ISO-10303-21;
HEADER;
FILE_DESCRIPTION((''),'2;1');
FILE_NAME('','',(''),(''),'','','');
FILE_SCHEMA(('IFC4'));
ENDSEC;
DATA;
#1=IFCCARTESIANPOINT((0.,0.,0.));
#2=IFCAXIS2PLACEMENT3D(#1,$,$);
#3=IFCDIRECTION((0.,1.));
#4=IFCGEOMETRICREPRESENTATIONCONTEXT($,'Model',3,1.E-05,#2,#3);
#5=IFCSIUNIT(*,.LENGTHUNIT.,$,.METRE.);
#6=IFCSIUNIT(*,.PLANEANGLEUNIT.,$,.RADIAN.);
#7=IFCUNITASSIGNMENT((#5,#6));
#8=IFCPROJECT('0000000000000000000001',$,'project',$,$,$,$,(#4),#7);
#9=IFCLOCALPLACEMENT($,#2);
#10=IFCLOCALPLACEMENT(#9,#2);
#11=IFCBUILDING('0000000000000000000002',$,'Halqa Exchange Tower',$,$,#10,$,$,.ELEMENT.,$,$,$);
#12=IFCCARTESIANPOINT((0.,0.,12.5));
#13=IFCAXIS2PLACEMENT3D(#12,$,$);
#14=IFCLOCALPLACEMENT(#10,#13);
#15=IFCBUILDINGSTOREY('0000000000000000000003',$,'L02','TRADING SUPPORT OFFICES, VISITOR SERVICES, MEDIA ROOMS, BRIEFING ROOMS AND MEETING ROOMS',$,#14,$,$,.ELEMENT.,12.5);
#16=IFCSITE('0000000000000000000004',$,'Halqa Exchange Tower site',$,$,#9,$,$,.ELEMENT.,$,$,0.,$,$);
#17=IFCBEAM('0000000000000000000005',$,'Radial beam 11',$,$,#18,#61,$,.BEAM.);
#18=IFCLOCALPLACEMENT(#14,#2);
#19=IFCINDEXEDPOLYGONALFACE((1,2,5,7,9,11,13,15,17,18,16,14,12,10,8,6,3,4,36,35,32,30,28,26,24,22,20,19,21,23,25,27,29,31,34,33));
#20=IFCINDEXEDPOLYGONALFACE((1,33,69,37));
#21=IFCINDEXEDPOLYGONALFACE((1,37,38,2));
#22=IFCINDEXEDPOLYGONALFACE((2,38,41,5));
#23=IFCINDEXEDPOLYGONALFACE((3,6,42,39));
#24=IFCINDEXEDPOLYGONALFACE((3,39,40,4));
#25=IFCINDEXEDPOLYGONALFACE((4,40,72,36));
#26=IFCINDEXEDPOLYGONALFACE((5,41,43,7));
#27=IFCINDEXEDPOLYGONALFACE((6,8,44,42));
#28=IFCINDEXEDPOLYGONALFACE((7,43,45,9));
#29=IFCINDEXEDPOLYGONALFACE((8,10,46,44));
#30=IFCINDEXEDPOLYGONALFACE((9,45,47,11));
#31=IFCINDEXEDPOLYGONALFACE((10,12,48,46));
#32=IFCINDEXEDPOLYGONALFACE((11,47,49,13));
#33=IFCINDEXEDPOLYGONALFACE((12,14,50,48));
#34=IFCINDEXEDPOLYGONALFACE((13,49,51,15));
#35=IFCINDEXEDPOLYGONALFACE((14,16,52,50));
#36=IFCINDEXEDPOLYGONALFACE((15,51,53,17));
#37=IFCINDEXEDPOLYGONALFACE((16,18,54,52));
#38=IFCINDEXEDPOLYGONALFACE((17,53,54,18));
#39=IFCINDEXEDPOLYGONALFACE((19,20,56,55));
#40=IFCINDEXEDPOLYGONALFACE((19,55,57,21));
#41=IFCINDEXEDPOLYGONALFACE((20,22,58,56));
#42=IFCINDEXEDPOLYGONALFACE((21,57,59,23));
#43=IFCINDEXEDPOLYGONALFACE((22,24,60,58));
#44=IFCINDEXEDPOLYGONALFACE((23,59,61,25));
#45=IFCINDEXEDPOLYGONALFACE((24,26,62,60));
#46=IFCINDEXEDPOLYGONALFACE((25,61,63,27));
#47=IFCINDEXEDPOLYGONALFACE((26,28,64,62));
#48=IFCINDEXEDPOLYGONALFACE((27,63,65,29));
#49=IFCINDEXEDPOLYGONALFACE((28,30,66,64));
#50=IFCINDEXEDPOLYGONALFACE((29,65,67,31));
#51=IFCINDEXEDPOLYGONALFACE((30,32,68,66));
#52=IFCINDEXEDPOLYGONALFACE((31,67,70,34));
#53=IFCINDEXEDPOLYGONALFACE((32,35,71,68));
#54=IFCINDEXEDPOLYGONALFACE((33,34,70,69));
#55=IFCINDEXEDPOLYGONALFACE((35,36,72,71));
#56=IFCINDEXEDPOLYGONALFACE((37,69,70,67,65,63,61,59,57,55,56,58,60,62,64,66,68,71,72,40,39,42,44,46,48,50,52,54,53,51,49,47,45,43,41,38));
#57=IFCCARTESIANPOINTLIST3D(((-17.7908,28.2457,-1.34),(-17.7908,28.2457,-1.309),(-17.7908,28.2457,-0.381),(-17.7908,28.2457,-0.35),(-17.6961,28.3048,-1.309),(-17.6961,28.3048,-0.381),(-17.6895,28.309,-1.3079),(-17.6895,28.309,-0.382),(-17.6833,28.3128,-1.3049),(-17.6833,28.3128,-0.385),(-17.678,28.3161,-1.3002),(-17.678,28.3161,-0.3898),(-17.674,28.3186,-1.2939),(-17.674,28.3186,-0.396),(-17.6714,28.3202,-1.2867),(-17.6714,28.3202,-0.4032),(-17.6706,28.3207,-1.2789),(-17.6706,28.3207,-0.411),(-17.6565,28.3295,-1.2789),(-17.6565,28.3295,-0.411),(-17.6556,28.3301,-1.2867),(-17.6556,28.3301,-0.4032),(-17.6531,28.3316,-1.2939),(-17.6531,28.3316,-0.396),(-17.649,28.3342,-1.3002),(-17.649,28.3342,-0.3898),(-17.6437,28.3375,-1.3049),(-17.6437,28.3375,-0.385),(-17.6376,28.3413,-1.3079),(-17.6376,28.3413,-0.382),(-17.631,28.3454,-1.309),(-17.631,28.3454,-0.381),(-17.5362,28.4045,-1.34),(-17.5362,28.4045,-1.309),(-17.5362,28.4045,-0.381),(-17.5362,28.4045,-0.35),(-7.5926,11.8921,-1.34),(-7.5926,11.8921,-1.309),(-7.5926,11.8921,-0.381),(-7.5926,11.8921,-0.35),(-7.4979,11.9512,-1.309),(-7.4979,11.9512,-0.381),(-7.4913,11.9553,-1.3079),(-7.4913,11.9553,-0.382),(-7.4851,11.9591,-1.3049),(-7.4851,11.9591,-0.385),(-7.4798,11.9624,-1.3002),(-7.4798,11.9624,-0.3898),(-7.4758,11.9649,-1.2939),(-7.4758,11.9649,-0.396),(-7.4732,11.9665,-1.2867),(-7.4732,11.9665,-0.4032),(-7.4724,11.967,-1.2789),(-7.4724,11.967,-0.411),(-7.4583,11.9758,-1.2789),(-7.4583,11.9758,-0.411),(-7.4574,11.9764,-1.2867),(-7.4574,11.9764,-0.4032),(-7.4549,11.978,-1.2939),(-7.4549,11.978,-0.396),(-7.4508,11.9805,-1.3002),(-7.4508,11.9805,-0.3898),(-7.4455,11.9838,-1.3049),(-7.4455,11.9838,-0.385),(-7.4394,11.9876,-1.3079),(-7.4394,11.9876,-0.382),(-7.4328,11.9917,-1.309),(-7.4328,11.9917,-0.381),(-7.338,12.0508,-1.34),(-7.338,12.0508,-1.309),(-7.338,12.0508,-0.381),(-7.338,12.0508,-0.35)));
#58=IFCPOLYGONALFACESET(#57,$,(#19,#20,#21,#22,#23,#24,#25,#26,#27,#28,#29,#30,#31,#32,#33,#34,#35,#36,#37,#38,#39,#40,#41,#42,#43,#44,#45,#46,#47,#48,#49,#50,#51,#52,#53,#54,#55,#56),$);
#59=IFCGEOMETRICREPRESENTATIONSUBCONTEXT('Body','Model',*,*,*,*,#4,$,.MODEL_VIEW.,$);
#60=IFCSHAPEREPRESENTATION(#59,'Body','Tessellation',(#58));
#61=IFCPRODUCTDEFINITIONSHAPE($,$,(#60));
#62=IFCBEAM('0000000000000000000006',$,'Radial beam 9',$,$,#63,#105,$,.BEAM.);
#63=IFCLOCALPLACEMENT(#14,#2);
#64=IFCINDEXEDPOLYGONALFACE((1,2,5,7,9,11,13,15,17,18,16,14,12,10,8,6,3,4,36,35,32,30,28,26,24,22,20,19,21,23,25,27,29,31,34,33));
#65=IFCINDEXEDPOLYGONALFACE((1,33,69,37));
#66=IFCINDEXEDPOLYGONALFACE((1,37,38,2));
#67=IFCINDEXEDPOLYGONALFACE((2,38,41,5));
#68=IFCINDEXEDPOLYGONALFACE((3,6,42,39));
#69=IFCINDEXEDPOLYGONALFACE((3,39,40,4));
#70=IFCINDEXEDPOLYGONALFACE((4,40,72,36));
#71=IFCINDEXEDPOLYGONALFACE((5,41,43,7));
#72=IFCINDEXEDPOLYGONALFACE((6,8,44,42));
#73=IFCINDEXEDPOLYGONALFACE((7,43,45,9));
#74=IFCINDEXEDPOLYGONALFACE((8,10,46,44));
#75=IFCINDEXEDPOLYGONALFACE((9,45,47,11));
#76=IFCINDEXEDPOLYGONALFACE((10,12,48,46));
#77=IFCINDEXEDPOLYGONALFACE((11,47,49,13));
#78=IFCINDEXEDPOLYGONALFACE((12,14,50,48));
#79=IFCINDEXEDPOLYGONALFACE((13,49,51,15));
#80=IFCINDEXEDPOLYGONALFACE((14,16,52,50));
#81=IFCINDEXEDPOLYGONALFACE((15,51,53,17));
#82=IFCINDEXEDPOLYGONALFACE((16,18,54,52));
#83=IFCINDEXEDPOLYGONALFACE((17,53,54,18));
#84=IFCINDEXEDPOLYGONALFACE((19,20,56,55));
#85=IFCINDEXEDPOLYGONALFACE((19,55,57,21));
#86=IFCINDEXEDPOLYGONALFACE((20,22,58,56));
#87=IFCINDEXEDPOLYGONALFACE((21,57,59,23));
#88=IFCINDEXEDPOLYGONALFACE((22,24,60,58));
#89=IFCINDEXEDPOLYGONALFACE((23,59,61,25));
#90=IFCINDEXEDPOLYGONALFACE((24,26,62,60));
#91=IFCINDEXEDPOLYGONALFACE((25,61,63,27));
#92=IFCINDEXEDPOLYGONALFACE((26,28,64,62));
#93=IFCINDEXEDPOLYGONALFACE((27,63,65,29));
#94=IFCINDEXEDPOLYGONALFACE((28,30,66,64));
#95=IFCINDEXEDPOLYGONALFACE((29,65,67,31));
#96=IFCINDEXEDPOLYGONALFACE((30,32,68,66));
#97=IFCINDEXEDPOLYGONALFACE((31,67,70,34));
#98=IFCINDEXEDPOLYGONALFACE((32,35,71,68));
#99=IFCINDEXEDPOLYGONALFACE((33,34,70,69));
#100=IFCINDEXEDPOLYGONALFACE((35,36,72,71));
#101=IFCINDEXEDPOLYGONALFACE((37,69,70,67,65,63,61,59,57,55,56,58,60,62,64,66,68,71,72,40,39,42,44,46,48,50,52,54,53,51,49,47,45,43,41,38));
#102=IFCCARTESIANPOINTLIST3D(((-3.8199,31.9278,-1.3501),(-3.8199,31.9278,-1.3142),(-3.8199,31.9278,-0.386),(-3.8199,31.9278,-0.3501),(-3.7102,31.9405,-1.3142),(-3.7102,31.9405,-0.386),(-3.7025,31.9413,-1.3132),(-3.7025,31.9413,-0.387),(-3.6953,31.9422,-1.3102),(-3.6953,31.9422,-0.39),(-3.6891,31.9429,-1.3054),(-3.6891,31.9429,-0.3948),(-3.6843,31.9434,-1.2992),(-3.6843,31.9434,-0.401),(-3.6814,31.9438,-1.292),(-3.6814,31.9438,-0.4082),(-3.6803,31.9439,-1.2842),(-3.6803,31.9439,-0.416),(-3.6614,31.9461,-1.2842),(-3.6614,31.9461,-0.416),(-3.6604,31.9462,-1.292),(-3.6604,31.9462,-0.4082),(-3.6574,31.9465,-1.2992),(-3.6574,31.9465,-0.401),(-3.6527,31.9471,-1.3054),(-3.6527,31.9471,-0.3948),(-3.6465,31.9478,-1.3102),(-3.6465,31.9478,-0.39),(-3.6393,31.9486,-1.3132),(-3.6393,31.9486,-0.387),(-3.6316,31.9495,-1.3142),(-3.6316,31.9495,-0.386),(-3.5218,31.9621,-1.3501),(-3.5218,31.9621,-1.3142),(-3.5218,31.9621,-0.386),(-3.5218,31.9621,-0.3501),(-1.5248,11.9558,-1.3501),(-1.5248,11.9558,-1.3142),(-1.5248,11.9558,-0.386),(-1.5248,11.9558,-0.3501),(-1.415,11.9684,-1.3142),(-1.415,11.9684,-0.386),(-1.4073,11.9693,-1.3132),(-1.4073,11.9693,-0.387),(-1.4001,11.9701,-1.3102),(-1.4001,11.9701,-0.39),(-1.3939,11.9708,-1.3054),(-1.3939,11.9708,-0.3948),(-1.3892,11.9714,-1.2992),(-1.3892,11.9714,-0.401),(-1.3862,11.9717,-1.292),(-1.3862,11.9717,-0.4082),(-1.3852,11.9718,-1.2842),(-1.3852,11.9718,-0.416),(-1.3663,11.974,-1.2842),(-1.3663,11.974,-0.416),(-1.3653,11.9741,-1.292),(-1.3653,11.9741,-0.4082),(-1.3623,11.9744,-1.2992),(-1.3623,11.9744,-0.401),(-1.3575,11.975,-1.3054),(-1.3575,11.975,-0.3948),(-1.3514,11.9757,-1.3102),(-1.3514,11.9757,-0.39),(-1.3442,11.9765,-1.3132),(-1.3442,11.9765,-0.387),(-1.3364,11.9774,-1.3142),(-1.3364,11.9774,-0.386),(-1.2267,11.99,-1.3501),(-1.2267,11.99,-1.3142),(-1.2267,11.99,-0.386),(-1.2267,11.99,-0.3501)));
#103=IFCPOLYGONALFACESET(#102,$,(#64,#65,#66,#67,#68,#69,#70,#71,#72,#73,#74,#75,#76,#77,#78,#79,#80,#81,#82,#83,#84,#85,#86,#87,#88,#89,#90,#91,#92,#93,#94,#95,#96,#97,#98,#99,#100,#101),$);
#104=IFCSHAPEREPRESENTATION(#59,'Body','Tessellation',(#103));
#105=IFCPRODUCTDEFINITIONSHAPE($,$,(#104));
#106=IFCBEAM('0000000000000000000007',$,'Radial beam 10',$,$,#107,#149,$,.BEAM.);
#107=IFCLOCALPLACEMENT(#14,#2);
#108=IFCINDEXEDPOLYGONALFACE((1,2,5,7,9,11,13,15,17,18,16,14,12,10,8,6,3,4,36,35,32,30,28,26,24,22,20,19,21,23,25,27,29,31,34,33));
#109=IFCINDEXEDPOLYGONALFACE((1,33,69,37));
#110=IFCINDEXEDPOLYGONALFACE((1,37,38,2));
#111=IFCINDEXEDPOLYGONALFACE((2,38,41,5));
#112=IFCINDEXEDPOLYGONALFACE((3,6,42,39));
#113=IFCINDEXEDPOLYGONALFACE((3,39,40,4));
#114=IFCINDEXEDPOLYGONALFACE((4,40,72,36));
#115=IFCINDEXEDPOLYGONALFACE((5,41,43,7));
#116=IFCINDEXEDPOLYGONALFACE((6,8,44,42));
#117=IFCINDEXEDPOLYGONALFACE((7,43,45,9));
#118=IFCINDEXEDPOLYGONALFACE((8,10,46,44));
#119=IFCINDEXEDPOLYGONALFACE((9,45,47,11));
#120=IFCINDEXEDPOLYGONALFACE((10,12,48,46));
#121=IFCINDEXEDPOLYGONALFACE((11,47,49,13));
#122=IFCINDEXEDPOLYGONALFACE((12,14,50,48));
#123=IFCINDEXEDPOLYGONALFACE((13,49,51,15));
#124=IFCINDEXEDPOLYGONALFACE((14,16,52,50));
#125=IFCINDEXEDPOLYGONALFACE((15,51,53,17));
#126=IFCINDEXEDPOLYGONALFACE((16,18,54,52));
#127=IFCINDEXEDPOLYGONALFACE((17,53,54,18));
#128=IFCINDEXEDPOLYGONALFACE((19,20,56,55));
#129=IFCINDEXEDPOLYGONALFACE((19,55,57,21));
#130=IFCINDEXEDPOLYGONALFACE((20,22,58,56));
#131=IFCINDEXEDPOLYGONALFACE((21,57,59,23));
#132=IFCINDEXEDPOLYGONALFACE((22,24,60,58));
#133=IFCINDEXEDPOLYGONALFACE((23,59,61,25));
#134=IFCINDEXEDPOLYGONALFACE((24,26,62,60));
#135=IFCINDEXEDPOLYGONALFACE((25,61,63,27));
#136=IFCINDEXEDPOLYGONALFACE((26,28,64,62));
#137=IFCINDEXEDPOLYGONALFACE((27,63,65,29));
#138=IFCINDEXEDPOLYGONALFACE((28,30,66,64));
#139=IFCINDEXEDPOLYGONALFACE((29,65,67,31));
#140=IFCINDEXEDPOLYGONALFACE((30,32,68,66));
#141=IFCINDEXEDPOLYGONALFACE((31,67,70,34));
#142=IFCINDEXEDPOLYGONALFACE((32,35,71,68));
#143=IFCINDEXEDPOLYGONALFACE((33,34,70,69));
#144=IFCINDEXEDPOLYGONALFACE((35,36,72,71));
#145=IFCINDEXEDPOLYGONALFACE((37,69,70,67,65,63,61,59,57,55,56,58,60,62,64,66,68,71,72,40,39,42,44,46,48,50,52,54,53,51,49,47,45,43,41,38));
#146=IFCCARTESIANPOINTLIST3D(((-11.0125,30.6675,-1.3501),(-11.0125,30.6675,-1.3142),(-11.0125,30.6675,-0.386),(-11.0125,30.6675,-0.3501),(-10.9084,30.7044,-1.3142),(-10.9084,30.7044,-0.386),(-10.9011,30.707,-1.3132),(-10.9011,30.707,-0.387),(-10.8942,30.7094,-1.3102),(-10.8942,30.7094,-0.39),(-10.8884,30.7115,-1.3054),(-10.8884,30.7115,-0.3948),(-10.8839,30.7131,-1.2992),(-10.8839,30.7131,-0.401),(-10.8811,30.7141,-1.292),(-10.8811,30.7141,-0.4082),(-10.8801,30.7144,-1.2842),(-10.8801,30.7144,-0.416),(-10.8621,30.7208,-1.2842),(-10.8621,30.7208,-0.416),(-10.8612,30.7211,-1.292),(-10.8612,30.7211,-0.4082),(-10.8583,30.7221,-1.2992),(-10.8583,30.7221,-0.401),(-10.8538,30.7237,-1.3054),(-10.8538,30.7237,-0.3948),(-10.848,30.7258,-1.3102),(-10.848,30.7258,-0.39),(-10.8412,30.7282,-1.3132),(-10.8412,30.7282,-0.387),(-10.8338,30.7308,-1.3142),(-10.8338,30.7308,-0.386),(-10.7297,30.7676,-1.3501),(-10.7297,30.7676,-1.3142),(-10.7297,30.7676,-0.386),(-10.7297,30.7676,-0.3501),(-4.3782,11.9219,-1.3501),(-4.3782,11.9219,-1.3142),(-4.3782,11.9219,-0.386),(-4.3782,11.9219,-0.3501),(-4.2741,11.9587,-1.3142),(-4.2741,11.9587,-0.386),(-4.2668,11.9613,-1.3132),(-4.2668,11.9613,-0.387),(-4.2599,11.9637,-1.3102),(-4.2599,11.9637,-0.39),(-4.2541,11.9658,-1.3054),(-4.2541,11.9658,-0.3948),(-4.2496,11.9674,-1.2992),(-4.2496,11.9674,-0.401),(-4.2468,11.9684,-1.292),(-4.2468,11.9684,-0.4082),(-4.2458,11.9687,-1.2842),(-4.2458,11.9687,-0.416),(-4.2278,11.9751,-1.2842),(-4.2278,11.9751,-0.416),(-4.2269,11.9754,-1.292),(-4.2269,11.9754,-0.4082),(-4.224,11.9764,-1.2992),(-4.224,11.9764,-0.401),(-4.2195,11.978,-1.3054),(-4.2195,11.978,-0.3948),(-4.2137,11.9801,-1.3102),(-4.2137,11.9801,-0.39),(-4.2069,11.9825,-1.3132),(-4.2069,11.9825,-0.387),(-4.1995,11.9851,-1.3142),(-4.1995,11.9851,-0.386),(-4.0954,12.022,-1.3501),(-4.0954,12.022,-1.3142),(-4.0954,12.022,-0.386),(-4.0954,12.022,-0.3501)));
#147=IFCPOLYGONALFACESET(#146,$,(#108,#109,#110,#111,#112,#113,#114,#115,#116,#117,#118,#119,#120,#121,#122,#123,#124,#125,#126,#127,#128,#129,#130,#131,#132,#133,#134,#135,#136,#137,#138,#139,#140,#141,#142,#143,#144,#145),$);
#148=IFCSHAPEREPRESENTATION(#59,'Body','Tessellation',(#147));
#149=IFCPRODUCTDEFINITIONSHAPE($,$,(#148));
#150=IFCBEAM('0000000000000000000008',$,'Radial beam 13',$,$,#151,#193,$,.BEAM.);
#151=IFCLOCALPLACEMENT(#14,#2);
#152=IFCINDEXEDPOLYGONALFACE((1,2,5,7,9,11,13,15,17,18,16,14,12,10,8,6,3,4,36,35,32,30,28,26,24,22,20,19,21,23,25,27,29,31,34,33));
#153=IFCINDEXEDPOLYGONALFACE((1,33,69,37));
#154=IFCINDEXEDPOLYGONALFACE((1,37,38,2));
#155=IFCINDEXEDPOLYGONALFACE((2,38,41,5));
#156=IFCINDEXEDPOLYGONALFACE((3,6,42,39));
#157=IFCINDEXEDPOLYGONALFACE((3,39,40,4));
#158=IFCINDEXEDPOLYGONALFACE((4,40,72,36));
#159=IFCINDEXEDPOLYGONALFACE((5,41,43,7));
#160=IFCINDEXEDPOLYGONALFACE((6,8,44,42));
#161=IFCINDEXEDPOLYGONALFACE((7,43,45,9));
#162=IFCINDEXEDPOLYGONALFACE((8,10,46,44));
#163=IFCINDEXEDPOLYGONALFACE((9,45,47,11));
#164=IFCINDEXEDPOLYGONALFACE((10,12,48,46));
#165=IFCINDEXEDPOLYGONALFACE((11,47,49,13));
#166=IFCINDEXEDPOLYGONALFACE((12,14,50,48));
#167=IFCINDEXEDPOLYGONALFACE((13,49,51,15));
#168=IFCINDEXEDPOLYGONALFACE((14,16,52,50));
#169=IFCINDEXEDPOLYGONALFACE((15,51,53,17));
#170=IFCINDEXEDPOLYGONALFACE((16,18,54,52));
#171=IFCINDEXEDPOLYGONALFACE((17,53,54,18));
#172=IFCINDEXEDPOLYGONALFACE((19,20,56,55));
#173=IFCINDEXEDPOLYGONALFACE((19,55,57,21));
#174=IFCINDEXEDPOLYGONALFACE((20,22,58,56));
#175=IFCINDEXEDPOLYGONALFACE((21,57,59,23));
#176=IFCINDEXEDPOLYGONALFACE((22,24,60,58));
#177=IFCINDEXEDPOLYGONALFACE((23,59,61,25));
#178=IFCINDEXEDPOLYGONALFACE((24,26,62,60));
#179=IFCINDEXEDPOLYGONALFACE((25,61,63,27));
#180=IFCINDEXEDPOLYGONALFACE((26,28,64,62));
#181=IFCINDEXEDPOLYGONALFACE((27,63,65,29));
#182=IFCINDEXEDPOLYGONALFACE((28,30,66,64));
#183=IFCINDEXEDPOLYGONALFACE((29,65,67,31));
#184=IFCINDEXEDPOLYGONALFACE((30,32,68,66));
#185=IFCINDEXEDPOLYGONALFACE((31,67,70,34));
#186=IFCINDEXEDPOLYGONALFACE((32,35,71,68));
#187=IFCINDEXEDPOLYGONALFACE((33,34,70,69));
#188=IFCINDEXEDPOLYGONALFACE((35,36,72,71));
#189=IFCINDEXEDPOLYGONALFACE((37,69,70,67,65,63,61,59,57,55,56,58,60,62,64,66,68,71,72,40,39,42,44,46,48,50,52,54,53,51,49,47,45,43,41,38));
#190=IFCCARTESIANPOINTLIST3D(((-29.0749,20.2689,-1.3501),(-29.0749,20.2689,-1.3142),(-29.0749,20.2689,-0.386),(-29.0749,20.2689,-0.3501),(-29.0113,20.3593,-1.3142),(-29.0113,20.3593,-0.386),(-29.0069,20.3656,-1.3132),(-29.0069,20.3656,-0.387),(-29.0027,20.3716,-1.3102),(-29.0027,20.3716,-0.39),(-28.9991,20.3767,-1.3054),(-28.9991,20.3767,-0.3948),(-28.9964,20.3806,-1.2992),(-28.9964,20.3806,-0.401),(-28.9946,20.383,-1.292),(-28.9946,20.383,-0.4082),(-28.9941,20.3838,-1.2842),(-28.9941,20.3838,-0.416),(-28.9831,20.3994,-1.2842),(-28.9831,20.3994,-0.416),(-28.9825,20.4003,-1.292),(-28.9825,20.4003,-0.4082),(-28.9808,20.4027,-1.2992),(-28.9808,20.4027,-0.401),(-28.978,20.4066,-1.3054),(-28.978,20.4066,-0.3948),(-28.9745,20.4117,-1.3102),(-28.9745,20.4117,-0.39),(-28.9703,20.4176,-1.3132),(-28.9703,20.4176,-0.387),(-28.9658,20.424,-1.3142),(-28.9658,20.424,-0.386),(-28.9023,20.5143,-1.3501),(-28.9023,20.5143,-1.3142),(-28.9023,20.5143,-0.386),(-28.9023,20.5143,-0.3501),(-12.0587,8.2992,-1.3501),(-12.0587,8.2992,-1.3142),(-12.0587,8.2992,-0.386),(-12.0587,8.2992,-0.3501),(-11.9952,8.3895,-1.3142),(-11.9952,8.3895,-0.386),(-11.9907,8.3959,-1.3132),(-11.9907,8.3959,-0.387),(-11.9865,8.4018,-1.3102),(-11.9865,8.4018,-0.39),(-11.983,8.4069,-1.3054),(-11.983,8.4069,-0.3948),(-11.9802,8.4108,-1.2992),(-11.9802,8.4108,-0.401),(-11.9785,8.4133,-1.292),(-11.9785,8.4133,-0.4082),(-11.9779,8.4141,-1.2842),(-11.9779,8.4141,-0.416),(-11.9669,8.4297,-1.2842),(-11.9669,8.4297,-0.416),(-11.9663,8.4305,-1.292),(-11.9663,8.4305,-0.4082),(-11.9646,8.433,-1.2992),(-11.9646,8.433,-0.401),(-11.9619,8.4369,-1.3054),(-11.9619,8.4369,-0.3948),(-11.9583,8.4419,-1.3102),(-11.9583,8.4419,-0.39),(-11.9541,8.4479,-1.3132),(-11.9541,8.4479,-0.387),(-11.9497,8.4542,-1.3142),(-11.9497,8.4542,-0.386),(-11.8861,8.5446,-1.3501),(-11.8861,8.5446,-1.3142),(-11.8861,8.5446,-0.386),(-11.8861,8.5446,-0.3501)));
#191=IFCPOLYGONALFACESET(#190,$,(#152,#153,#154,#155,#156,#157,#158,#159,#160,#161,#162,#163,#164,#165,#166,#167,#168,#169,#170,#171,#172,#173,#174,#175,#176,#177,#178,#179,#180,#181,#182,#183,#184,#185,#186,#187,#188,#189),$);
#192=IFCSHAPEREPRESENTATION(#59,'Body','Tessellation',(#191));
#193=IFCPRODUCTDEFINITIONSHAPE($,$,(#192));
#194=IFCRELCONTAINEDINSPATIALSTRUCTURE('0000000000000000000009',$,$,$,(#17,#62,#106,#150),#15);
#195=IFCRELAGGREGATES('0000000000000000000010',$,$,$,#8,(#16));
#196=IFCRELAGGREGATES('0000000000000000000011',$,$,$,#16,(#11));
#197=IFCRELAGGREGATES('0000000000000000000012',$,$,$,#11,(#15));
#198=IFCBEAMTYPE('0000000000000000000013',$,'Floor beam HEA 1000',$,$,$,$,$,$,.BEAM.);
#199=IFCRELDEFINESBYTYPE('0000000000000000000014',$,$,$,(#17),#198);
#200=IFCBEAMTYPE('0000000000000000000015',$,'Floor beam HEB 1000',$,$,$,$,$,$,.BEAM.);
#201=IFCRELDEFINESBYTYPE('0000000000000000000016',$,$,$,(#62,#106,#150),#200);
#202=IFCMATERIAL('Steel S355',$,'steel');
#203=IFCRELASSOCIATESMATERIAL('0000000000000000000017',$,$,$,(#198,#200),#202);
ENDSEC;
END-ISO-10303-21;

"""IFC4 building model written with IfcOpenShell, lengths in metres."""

from ifc_helpers import new_model, si_unit, direction, frame, origin, origin_2d, place, context, subcontext, project, spatial, i_section, extrude, material, material_profile, profile_set, type_object, element, save


model = new_model("IFC4")

# Units and contexts
model_context = context("Model", 3, precision=1e-05, world=origin(), true_north=direction((0.0, 1.0)))
body_context = subcontext(model_context, "Body", "Model", "MODEL_VIEW")
ifc_project = project(units=[si_unit("LENGTHUNIT", "METRE"), si_unit("PLANEANGLEUNIT", "RADIAN")], contexts=[model_context])

# Site, building, storey
site_placement = place(None, origin())
site = spatial("IfcSite", under=ifc_project, at=site_placement, Name="Halqa Exchange Tower site", CompositionType="ELEMENT", RefElevation=0.0)
building_placement = place(site_placement, origin())
building = spatial("IfcBuilding", under=site, at=building_placement, Name="Halqa Exchange Tower", CompositionType="ELEMENT")
storey_placement = place(building_placement, frame((0.0, 0.0, 12.5)))
storey = spatial("IfcBuildingStorey", under=building, at=storey_placement, Name="L02", Description="TRADING SUPPORT OFFICES, VISITOR SERVICES, MEDIA ROOMS, BRIEFING ROOMS AND MEETING ROOMS", CompositionType="ELEMENT", Elevation=12.5)

# Beams
ifc_material_1 = material(Name="Steel S355", Category="steel")
ifc_material_profile_1 = material_profile(ifc_material_1, i_section(OverallWidth=0.3, OverallDepth=0.99, WebThickness=0.0166, FlangeThickness=0.031, FilletRadius=0.03, at=origin_2d()), Name="HEA 1000")
ifc_profile_set_1 = profile_set([ifc_material_profile_1], Name="Steel S355")
beam_type_1 = type_object("IfcBeamType", Name="Floor beam HEA 1000", PredefinedType="BEAM", material=ifc_profile_set_1)
beam_1_placement = place(storey_placement, frame((-7.4653, 11.9714, -0.845), z_axis=(-0.529146, 0.848531, 0.0), x_axis=(-0.848531, -0.529146, 0.0)))
element("IfcBeam", 1, at=beam_1_placement, inside=storey, type_object=beam_type_1, Name="Radial beam 11", PredefinedType="BEAM", context=body_context, shape_type="SweptSolid", body=[
    extrude(i_section(OverallWidth=0.3, OverallDepth=0.99, WebThickness=0.0166, FlangeThickness=0.031, FilletRadius=0.03, at=origin_2d()), origin(), (0.0, 0.0, 1.0), 19.2729),
])
ifc_material_profile_2 = material_profile(ifc_material_1, i_section(OverallWidth=0.3, OverallDepth=1.0, WebThickness=0.019, FlangeThickness=0.0359, FilletRadius=0.03, at=origin_2d()), Name="HEB 1000")
ifc_profile_set_2 = profile_set([ifc_material_profile_2], Name="Steel S355")
beam_type_2 = type_object("IfcBeamType", Name="Floor beam HEB 1000", PredefinedType="BEAM", material=ifc_profile_set_2)
beam_2_placement = place(storey_placement, frame((-1.3757, 11.9729, -0.8501), z_axis=(-0.114167, 0.993462, 0.0), x_axis=(-0.993462, -0.114167, 0.0)))
element("IfcBeam", 2, at=beam_2_placement, inside=storey, type_object=beam_type_2, Name="Radial beam 9", PredefinedType="BEAM", context=body_context, shape_type="SweptSolid", body=[
    extrude(i_section(OverallWidth=0.3, OverallDepth=1.0, WebThickness=0.019, FlangeThickness=0.0359, FilletRadius=0.03, at=origin_2d()), origin(), (0.0, 0.0, 1.0), 20.1035),
])
beam_3_placement = place(storey_placement, frame((-4.2368, 11.9719, -0.8501), z_axis=(-0.333633, 0.942703, 0.0), x_axis=(-0.942703, -0.333633, 0.0)))
element("IfcBeam", 3, at=beam_3_placement, inside=storey, type_object=beam_type_2, Name="Radial beam 10", PredefinedType="BEAM", context=body_context, shape_type="SweptSolid", body=[
    extrude(i_section(OverallWidth=0.3, OverallDepth=1.0, WebThickness=0.019, FlangeThickness=0.0359, FilletRadius=0.03, at=origin_2d()), origin(), (0.0, 0.0, 1.0), 19.885),
])
beam_4_placement = place(storey_placement, frame((-11.9724, 8.4219, -0.8501), z_axis=(-0.81791, 0.575346, 0.0), x_axis=(-0.575346, -0.81791, 0.0)))
element("IfcBeam", 4, at=beam_4_placement, inside=storey, type_object=beam_type_2, Name="Radial beam 13", PredefinedType="BEAM", context=body_context, shape_type="SweptSolid", body=[
    extrude(i_section(OverallWidth=0.3, OverallDepth=1.0, WebThickness=0.019, FlangeThickness=0.0359, FilletRadius=0.03, at=origin_2d()), origin(), (0.0, 0.0, 1.0), 20.8044),
])

save(model, "model.ifc")
